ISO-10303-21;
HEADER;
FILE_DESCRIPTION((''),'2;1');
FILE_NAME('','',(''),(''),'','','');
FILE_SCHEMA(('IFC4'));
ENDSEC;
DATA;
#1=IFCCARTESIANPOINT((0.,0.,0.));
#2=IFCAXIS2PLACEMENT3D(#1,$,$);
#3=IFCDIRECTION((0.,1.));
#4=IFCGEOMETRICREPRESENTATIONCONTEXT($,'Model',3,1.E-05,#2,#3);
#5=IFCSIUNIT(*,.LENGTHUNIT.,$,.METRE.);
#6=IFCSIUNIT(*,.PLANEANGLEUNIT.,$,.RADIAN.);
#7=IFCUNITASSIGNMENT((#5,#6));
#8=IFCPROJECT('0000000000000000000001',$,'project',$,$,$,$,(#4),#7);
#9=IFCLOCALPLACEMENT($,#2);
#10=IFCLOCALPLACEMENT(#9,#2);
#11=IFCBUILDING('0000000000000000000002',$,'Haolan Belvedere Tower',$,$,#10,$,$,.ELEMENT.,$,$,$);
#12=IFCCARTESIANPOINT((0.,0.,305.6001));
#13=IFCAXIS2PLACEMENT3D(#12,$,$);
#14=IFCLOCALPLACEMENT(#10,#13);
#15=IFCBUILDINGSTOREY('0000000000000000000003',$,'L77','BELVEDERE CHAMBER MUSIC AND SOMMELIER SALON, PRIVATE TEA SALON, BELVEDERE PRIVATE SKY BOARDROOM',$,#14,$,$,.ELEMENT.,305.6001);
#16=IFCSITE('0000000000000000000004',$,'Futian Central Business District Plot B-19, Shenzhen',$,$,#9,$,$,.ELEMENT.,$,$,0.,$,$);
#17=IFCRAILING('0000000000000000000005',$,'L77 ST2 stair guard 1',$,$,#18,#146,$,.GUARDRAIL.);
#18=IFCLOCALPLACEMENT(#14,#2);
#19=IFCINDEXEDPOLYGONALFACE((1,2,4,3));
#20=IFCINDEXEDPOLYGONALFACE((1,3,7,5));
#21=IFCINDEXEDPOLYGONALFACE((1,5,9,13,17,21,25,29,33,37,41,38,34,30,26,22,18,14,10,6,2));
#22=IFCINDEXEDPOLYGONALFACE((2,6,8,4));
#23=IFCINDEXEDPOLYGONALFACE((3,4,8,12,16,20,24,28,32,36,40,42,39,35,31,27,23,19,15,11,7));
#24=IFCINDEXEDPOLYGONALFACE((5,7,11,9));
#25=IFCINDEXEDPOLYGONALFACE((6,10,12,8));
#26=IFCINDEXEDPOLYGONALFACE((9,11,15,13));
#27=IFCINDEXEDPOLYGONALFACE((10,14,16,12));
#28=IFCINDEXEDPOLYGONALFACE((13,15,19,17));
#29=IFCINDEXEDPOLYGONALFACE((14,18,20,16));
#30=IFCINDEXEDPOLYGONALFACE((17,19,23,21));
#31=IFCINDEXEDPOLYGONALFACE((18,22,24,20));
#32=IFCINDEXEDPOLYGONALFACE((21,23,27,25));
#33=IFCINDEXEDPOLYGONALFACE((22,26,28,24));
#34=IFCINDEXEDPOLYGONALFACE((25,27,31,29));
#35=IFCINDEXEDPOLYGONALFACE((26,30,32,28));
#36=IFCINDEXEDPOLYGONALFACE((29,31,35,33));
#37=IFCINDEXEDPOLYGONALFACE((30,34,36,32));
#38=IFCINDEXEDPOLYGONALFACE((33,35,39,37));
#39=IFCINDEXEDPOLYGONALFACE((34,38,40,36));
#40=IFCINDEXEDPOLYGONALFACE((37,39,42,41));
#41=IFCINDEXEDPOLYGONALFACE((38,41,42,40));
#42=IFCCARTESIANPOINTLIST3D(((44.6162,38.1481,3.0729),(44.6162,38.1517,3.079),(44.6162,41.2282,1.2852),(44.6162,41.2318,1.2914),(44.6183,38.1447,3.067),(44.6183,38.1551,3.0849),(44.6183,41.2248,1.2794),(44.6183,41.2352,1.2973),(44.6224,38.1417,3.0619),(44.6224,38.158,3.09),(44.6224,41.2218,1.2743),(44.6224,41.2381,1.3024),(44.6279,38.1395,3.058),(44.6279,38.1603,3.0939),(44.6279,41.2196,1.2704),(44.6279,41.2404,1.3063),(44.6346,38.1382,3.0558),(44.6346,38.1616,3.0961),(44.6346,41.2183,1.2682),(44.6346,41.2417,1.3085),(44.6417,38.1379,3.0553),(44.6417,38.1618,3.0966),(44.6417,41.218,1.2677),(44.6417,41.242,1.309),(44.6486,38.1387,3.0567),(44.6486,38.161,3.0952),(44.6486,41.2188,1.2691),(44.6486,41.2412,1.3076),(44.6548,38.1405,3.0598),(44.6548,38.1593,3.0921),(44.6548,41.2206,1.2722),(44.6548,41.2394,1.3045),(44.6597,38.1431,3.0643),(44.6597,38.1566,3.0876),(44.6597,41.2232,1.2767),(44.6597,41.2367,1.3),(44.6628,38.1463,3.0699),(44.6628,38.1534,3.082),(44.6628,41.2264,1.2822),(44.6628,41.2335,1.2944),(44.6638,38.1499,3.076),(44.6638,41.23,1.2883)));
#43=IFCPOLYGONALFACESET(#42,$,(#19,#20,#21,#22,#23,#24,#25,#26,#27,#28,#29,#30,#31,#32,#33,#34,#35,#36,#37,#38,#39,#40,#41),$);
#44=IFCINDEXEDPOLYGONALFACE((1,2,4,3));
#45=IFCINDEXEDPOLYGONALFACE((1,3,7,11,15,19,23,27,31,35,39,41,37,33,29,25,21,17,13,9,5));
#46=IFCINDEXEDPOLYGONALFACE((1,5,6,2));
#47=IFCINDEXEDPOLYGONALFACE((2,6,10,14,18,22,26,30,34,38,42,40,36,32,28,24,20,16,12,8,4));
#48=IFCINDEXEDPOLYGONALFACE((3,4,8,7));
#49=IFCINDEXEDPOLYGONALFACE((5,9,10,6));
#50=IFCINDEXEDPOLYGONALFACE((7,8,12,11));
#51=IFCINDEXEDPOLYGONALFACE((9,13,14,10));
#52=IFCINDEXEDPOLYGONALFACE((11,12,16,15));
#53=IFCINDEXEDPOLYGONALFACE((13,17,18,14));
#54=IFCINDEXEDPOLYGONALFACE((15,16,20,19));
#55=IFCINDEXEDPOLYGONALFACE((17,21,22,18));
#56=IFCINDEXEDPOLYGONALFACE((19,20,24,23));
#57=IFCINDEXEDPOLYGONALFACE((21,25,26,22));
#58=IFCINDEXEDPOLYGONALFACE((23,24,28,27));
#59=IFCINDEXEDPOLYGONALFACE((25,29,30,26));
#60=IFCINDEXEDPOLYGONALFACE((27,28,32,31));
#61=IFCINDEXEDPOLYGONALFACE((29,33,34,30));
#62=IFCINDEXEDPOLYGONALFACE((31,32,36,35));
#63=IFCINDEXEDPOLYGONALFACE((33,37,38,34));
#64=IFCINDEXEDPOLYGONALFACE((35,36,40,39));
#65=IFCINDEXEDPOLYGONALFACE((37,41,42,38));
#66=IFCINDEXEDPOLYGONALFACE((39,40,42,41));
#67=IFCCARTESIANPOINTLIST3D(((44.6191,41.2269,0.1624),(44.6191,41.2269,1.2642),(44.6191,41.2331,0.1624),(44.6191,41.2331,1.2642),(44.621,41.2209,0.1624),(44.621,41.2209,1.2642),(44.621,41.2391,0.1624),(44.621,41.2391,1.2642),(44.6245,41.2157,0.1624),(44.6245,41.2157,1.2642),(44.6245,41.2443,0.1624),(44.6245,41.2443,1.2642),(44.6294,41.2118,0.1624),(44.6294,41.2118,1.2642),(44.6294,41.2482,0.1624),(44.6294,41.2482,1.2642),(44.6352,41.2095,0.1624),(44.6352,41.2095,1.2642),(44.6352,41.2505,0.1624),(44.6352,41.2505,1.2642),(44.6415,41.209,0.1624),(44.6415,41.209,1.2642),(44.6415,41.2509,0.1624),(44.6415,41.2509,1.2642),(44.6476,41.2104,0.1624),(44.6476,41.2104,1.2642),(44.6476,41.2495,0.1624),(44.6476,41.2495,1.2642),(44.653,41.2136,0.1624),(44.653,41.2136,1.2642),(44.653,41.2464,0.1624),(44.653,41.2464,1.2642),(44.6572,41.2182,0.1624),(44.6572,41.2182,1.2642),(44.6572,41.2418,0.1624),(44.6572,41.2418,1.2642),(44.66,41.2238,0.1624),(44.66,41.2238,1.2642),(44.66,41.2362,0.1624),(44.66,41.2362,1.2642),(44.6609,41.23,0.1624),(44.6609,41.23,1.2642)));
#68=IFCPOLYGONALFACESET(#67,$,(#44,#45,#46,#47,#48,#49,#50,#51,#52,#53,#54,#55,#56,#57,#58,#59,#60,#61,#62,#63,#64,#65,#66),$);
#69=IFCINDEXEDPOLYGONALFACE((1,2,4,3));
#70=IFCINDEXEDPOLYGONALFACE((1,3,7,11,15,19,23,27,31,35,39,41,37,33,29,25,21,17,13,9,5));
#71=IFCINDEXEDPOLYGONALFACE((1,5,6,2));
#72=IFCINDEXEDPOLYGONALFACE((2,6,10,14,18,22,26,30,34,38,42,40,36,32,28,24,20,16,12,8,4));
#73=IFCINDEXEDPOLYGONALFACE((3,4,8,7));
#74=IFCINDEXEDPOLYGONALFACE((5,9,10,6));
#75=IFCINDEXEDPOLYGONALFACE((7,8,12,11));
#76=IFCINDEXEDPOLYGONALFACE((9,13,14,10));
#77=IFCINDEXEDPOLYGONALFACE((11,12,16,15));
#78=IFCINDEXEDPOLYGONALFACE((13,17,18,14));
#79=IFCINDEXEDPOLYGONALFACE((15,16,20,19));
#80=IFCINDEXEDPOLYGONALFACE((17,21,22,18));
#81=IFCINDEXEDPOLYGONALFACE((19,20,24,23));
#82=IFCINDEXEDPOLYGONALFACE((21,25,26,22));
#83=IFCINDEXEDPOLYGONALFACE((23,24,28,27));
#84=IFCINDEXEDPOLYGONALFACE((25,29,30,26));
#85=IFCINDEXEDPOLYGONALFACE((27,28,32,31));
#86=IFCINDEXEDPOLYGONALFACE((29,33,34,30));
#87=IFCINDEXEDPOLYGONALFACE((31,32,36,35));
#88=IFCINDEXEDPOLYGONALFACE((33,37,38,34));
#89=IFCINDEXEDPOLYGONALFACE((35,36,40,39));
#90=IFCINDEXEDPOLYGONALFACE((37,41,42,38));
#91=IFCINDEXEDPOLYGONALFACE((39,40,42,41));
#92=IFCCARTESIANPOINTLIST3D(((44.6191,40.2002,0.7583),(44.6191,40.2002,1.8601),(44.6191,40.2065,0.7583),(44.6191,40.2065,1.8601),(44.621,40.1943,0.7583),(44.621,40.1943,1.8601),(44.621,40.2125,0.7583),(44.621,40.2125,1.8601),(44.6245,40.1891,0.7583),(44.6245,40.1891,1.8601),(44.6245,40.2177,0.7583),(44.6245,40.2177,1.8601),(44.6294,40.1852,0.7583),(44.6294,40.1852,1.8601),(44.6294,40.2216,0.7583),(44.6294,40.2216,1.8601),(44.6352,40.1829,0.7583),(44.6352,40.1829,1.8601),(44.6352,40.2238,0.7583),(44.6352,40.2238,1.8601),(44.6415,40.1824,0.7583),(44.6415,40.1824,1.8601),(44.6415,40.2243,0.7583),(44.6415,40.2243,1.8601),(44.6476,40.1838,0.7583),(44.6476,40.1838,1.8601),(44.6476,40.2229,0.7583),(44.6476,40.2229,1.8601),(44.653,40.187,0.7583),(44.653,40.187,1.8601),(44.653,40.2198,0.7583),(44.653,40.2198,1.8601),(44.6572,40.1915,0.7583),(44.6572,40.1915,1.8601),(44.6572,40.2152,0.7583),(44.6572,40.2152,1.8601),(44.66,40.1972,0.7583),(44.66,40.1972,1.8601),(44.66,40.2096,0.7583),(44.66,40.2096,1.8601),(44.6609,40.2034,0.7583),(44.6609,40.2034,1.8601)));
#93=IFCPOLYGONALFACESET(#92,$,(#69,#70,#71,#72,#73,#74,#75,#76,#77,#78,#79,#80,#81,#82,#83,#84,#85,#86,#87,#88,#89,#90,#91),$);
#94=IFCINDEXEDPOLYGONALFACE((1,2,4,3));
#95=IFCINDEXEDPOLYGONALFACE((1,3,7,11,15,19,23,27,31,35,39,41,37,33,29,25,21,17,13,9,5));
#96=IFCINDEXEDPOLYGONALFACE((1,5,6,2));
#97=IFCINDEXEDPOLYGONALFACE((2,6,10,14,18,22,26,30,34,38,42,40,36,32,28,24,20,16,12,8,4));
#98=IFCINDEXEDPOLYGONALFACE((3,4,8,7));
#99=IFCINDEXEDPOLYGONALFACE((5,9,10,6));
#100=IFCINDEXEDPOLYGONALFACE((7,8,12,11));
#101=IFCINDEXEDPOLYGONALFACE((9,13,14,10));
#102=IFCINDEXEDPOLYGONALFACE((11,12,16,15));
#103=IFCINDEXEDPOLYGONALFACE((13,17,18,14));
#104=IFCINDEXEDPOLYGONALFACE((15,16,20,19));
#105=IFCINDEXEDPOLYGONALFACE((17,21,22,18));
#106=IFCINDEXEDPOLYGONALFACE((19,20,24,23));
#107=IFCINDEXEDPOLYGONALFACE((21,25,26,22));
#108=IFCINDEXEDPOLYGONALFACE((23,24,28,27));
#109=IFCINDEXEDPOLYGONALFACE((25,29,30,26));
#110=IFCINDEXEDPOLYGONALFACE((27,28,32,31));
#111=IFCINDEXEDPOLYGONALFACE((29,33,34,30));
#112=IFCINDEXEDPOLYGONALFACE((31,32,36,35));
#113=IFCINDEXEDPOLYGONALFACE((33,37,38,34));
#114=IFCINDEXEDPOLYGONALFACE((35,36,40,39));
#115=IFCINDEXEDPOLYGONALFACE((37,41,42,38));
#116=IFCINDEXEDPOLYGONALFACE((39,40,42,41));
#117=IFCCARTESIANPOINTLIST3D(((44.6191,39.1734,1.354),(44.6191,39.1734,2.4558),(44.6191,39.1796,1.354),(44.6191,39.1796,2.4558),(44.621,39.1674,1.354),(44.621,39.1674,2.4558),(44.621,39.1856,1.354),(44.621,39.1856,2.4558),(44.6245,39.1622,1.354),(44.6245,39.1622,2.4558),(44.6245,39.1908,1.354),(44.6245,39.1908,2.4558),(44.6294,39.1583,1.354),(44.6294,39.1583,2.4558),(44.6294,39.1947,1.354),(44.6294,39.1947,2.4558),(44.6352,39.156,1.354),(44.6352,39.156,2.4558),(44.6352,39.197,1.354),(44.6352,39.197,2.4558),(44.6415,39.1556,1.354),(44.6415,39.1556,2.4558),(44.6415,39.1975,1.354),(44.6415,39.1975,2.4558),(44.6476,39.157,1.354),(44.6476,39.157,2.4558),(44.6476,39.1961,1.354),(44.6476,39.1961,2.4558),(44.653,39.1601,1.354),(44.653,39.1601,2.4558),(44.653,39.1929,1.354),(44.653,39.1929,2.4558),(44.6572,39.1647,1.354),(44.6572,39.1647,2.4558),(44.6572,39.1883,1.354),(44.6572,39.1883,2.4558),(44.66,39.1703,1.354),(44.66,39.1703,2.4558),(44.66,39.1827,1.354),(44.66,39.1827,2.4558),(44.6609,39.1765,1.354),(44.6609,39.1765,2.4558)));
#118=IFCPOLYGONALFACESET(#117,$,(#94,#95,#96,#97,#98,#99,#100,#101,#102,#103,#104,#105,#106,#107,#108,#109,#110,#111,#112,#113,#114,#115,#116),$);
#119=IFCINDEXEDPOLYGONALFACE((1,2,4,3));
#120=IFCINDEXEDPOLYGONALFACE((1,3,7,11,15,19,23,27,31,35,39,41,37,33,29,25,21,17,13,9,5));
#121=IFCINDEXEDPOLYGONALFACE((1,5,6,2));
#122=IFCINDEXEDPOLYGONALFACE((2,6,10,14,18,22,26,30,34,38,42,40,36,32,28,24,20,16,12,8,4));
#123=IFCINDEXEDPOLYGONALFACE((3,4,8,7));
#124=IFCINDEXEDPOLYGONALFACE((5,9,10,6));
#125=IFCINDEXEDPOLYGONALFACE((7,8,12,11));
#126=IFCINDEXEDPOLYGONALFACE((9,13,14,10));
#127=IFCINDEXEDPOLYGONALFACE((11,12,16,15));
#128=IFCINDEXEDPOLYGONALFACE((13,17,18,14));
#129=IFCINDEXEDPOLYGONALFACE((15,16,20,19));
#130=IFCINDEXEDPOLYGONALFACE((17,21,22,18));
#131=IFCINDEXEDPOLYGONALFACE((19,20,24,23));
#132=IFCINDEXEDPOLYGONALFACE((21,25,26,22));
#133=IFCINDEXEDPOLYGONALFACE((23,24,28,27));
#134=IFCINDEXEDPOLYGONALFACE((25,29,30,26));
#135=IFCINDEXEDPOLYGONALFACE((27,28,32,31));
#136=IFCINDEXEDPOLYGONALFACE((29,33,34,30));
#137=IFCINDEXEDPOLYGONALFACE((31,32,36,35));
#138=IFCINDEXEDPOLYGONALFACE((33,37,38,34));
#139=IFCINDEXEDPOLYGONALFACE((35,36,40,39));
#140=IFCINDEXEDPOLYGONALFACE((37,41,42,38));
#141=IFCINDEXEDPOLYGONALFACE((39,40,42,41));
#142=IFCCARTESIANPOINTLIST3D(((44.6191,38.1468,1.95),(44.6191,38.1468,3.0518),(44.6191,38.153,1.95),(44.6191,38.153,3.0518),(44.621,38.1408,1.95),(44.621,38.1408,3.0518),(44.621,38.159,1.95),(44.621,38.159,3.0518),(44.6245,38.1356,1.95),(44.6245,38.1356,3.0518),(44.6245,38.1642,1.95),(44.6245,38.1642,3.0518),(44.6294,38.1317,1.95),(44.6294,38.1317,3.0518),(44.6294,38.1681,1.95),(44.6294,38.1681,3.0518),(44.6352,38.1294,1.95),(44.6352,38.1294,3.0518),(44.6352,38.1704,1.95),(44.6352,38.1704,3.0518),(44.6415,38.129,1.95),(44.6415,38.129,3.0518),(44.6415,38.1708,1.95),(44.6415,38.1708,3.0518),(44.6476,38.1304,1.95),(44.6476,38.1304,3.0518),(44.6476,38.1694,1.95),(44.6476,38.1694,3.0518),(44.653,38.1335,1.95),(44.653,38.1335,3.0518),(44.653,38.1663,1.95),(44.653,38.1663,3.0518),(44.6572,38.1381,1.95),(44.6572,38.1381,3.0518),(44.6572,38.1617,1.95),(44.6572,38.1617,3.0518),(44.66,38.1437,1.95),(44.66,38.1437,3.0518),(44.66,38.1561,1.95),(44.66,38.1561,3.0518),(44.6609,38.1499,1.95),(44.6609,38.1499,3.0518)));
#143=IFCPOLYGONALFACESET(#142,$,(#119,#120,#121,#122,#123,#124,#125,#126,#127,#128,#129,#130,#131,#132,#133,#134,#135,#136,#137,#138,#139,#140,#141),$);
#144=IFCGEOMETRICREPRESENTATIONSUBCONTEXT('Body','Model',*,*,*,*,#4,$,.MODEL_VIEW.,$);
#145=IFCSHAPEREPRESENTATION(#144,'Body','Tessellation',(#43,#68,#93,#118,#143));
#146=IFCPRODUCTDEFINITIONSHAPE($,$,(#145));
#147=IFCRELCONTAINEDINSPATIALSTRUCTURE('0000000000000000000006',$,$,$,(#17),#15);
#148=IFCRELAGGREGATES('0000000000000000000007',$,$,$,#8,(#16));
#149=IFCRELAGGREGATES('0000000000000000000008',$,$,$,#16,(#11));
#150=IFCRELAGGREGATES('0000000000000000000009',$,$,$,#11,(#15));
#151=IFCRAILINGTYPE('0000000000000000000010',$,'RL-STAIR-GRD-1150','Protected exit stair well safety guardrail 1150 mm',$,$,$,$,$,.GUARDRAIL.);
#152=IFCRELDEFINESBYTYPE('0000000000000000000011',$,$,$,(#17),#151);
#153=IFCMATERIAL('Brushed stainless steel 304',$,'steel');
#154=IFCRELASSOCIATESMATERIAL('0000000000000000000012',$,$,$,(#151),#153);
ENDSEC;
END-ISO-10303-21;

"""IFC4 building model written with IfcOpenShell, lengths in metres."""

from ifc_helpers import new_model, si_unit, direction, frame, origin, origin_2d, place, context, subcontext, project, spatial, circle, extrude, material, type_object, element, save


model = new_model("IFC4")

# Units and contexts
model_context = context("Model", 3, precision=1e-05, world=origin(), true_north=direction((0.0, 1.0)))
body_context = subcontext(model_context, "Body", "Model", "MODEL_VIEW")
ifc_project = project(units=[si_unit("LENGTHUNIT", "METRE"), si_unit("PLANEANGLEUNIT", "RADIAN")], contexts=[model_context])

# Site, building, storey
site_placement = place(None, origin())
site = spatial("IfcSite", under=ifc_project, at=site_placement, Name="Futian Central Business District Plot B-19, Shenzhen", CompositionType="ELEMENT", RefElevation=0.0)
building_placement = place(site_placement, origin())
building = spatial("IfcBuilding", under=site, at=building_placement, Name="Haolan Belvedere Tower", CompositionType="ELEMENT")
storey_placement = place(building_placement, frame((0.0, 0.0, 305.6001)))
storey = spatial("IfcBuildingStorey", under=building, at=storey_placement, Name="L77", Description="BELVEDERE CHAMBER MUSIC AND SOMMELIER SALON, PRIVATE TEA SALON, BELVEDERE PRIVATE SKY BOARDROOM", CompositionType="ELEMENT", Elevation=305.6001)

# Railing
ifc_material_1 = material(Name="Brushed stainless steel 304", Category="steel")
railing_type_1 = type_object("IfcRailingType", Name="RL-STAIR-GRD-1150", Description="Protected exit stair well safety guardrail 1150 mm", PredefinedType="GUARDRAIL", material=ifc_material_1)
railing_1_placement = place(storey_placement, frame((44.6399, 41.23, 0.1624)))
element("IfcRailing", 1, at=railing_1_placement, inside=storey, type_object=railing_type_1, Name="L77 ST2 stair guard 1", PredefinedType="GUARDRAIL", context=body_context, shape_type="SweptSolid", body=[
    extrude(circle(Radius=0.0239, at=origin_2d()), frame((0.0, 0.0, 1.126), z_axis=(0.0, -0.864891, 0.50196), x_axis=(1.0, 0.0, 0.0)), (0.0, 0.0, 1.0), 3.5613),
    extrude(circle(Radius=0.021, at=origin_2d()), origin(), (0.0, 0.0, 1.0), 1.1018),
    extrude(circle(Radius=0.021, at=origin_2d()), frame((0.0, -1.0266, 0.5959)), (0.0, 0.0, 1.0), 1.1018),
    extrude(circle(Radius=0.021, at=origin_2d()), frame((0.0, -2.0535, 1.1917)), (0.0, 0.0, 1.0), 1.1018),
    extrude(circle(Radius=0.021, at=origin_2d()), frame((0.0, -3.0801, 1.7876)), (0.0, 0.0, 1.0), 1.1018),
])

save(model, "model.ifc")
